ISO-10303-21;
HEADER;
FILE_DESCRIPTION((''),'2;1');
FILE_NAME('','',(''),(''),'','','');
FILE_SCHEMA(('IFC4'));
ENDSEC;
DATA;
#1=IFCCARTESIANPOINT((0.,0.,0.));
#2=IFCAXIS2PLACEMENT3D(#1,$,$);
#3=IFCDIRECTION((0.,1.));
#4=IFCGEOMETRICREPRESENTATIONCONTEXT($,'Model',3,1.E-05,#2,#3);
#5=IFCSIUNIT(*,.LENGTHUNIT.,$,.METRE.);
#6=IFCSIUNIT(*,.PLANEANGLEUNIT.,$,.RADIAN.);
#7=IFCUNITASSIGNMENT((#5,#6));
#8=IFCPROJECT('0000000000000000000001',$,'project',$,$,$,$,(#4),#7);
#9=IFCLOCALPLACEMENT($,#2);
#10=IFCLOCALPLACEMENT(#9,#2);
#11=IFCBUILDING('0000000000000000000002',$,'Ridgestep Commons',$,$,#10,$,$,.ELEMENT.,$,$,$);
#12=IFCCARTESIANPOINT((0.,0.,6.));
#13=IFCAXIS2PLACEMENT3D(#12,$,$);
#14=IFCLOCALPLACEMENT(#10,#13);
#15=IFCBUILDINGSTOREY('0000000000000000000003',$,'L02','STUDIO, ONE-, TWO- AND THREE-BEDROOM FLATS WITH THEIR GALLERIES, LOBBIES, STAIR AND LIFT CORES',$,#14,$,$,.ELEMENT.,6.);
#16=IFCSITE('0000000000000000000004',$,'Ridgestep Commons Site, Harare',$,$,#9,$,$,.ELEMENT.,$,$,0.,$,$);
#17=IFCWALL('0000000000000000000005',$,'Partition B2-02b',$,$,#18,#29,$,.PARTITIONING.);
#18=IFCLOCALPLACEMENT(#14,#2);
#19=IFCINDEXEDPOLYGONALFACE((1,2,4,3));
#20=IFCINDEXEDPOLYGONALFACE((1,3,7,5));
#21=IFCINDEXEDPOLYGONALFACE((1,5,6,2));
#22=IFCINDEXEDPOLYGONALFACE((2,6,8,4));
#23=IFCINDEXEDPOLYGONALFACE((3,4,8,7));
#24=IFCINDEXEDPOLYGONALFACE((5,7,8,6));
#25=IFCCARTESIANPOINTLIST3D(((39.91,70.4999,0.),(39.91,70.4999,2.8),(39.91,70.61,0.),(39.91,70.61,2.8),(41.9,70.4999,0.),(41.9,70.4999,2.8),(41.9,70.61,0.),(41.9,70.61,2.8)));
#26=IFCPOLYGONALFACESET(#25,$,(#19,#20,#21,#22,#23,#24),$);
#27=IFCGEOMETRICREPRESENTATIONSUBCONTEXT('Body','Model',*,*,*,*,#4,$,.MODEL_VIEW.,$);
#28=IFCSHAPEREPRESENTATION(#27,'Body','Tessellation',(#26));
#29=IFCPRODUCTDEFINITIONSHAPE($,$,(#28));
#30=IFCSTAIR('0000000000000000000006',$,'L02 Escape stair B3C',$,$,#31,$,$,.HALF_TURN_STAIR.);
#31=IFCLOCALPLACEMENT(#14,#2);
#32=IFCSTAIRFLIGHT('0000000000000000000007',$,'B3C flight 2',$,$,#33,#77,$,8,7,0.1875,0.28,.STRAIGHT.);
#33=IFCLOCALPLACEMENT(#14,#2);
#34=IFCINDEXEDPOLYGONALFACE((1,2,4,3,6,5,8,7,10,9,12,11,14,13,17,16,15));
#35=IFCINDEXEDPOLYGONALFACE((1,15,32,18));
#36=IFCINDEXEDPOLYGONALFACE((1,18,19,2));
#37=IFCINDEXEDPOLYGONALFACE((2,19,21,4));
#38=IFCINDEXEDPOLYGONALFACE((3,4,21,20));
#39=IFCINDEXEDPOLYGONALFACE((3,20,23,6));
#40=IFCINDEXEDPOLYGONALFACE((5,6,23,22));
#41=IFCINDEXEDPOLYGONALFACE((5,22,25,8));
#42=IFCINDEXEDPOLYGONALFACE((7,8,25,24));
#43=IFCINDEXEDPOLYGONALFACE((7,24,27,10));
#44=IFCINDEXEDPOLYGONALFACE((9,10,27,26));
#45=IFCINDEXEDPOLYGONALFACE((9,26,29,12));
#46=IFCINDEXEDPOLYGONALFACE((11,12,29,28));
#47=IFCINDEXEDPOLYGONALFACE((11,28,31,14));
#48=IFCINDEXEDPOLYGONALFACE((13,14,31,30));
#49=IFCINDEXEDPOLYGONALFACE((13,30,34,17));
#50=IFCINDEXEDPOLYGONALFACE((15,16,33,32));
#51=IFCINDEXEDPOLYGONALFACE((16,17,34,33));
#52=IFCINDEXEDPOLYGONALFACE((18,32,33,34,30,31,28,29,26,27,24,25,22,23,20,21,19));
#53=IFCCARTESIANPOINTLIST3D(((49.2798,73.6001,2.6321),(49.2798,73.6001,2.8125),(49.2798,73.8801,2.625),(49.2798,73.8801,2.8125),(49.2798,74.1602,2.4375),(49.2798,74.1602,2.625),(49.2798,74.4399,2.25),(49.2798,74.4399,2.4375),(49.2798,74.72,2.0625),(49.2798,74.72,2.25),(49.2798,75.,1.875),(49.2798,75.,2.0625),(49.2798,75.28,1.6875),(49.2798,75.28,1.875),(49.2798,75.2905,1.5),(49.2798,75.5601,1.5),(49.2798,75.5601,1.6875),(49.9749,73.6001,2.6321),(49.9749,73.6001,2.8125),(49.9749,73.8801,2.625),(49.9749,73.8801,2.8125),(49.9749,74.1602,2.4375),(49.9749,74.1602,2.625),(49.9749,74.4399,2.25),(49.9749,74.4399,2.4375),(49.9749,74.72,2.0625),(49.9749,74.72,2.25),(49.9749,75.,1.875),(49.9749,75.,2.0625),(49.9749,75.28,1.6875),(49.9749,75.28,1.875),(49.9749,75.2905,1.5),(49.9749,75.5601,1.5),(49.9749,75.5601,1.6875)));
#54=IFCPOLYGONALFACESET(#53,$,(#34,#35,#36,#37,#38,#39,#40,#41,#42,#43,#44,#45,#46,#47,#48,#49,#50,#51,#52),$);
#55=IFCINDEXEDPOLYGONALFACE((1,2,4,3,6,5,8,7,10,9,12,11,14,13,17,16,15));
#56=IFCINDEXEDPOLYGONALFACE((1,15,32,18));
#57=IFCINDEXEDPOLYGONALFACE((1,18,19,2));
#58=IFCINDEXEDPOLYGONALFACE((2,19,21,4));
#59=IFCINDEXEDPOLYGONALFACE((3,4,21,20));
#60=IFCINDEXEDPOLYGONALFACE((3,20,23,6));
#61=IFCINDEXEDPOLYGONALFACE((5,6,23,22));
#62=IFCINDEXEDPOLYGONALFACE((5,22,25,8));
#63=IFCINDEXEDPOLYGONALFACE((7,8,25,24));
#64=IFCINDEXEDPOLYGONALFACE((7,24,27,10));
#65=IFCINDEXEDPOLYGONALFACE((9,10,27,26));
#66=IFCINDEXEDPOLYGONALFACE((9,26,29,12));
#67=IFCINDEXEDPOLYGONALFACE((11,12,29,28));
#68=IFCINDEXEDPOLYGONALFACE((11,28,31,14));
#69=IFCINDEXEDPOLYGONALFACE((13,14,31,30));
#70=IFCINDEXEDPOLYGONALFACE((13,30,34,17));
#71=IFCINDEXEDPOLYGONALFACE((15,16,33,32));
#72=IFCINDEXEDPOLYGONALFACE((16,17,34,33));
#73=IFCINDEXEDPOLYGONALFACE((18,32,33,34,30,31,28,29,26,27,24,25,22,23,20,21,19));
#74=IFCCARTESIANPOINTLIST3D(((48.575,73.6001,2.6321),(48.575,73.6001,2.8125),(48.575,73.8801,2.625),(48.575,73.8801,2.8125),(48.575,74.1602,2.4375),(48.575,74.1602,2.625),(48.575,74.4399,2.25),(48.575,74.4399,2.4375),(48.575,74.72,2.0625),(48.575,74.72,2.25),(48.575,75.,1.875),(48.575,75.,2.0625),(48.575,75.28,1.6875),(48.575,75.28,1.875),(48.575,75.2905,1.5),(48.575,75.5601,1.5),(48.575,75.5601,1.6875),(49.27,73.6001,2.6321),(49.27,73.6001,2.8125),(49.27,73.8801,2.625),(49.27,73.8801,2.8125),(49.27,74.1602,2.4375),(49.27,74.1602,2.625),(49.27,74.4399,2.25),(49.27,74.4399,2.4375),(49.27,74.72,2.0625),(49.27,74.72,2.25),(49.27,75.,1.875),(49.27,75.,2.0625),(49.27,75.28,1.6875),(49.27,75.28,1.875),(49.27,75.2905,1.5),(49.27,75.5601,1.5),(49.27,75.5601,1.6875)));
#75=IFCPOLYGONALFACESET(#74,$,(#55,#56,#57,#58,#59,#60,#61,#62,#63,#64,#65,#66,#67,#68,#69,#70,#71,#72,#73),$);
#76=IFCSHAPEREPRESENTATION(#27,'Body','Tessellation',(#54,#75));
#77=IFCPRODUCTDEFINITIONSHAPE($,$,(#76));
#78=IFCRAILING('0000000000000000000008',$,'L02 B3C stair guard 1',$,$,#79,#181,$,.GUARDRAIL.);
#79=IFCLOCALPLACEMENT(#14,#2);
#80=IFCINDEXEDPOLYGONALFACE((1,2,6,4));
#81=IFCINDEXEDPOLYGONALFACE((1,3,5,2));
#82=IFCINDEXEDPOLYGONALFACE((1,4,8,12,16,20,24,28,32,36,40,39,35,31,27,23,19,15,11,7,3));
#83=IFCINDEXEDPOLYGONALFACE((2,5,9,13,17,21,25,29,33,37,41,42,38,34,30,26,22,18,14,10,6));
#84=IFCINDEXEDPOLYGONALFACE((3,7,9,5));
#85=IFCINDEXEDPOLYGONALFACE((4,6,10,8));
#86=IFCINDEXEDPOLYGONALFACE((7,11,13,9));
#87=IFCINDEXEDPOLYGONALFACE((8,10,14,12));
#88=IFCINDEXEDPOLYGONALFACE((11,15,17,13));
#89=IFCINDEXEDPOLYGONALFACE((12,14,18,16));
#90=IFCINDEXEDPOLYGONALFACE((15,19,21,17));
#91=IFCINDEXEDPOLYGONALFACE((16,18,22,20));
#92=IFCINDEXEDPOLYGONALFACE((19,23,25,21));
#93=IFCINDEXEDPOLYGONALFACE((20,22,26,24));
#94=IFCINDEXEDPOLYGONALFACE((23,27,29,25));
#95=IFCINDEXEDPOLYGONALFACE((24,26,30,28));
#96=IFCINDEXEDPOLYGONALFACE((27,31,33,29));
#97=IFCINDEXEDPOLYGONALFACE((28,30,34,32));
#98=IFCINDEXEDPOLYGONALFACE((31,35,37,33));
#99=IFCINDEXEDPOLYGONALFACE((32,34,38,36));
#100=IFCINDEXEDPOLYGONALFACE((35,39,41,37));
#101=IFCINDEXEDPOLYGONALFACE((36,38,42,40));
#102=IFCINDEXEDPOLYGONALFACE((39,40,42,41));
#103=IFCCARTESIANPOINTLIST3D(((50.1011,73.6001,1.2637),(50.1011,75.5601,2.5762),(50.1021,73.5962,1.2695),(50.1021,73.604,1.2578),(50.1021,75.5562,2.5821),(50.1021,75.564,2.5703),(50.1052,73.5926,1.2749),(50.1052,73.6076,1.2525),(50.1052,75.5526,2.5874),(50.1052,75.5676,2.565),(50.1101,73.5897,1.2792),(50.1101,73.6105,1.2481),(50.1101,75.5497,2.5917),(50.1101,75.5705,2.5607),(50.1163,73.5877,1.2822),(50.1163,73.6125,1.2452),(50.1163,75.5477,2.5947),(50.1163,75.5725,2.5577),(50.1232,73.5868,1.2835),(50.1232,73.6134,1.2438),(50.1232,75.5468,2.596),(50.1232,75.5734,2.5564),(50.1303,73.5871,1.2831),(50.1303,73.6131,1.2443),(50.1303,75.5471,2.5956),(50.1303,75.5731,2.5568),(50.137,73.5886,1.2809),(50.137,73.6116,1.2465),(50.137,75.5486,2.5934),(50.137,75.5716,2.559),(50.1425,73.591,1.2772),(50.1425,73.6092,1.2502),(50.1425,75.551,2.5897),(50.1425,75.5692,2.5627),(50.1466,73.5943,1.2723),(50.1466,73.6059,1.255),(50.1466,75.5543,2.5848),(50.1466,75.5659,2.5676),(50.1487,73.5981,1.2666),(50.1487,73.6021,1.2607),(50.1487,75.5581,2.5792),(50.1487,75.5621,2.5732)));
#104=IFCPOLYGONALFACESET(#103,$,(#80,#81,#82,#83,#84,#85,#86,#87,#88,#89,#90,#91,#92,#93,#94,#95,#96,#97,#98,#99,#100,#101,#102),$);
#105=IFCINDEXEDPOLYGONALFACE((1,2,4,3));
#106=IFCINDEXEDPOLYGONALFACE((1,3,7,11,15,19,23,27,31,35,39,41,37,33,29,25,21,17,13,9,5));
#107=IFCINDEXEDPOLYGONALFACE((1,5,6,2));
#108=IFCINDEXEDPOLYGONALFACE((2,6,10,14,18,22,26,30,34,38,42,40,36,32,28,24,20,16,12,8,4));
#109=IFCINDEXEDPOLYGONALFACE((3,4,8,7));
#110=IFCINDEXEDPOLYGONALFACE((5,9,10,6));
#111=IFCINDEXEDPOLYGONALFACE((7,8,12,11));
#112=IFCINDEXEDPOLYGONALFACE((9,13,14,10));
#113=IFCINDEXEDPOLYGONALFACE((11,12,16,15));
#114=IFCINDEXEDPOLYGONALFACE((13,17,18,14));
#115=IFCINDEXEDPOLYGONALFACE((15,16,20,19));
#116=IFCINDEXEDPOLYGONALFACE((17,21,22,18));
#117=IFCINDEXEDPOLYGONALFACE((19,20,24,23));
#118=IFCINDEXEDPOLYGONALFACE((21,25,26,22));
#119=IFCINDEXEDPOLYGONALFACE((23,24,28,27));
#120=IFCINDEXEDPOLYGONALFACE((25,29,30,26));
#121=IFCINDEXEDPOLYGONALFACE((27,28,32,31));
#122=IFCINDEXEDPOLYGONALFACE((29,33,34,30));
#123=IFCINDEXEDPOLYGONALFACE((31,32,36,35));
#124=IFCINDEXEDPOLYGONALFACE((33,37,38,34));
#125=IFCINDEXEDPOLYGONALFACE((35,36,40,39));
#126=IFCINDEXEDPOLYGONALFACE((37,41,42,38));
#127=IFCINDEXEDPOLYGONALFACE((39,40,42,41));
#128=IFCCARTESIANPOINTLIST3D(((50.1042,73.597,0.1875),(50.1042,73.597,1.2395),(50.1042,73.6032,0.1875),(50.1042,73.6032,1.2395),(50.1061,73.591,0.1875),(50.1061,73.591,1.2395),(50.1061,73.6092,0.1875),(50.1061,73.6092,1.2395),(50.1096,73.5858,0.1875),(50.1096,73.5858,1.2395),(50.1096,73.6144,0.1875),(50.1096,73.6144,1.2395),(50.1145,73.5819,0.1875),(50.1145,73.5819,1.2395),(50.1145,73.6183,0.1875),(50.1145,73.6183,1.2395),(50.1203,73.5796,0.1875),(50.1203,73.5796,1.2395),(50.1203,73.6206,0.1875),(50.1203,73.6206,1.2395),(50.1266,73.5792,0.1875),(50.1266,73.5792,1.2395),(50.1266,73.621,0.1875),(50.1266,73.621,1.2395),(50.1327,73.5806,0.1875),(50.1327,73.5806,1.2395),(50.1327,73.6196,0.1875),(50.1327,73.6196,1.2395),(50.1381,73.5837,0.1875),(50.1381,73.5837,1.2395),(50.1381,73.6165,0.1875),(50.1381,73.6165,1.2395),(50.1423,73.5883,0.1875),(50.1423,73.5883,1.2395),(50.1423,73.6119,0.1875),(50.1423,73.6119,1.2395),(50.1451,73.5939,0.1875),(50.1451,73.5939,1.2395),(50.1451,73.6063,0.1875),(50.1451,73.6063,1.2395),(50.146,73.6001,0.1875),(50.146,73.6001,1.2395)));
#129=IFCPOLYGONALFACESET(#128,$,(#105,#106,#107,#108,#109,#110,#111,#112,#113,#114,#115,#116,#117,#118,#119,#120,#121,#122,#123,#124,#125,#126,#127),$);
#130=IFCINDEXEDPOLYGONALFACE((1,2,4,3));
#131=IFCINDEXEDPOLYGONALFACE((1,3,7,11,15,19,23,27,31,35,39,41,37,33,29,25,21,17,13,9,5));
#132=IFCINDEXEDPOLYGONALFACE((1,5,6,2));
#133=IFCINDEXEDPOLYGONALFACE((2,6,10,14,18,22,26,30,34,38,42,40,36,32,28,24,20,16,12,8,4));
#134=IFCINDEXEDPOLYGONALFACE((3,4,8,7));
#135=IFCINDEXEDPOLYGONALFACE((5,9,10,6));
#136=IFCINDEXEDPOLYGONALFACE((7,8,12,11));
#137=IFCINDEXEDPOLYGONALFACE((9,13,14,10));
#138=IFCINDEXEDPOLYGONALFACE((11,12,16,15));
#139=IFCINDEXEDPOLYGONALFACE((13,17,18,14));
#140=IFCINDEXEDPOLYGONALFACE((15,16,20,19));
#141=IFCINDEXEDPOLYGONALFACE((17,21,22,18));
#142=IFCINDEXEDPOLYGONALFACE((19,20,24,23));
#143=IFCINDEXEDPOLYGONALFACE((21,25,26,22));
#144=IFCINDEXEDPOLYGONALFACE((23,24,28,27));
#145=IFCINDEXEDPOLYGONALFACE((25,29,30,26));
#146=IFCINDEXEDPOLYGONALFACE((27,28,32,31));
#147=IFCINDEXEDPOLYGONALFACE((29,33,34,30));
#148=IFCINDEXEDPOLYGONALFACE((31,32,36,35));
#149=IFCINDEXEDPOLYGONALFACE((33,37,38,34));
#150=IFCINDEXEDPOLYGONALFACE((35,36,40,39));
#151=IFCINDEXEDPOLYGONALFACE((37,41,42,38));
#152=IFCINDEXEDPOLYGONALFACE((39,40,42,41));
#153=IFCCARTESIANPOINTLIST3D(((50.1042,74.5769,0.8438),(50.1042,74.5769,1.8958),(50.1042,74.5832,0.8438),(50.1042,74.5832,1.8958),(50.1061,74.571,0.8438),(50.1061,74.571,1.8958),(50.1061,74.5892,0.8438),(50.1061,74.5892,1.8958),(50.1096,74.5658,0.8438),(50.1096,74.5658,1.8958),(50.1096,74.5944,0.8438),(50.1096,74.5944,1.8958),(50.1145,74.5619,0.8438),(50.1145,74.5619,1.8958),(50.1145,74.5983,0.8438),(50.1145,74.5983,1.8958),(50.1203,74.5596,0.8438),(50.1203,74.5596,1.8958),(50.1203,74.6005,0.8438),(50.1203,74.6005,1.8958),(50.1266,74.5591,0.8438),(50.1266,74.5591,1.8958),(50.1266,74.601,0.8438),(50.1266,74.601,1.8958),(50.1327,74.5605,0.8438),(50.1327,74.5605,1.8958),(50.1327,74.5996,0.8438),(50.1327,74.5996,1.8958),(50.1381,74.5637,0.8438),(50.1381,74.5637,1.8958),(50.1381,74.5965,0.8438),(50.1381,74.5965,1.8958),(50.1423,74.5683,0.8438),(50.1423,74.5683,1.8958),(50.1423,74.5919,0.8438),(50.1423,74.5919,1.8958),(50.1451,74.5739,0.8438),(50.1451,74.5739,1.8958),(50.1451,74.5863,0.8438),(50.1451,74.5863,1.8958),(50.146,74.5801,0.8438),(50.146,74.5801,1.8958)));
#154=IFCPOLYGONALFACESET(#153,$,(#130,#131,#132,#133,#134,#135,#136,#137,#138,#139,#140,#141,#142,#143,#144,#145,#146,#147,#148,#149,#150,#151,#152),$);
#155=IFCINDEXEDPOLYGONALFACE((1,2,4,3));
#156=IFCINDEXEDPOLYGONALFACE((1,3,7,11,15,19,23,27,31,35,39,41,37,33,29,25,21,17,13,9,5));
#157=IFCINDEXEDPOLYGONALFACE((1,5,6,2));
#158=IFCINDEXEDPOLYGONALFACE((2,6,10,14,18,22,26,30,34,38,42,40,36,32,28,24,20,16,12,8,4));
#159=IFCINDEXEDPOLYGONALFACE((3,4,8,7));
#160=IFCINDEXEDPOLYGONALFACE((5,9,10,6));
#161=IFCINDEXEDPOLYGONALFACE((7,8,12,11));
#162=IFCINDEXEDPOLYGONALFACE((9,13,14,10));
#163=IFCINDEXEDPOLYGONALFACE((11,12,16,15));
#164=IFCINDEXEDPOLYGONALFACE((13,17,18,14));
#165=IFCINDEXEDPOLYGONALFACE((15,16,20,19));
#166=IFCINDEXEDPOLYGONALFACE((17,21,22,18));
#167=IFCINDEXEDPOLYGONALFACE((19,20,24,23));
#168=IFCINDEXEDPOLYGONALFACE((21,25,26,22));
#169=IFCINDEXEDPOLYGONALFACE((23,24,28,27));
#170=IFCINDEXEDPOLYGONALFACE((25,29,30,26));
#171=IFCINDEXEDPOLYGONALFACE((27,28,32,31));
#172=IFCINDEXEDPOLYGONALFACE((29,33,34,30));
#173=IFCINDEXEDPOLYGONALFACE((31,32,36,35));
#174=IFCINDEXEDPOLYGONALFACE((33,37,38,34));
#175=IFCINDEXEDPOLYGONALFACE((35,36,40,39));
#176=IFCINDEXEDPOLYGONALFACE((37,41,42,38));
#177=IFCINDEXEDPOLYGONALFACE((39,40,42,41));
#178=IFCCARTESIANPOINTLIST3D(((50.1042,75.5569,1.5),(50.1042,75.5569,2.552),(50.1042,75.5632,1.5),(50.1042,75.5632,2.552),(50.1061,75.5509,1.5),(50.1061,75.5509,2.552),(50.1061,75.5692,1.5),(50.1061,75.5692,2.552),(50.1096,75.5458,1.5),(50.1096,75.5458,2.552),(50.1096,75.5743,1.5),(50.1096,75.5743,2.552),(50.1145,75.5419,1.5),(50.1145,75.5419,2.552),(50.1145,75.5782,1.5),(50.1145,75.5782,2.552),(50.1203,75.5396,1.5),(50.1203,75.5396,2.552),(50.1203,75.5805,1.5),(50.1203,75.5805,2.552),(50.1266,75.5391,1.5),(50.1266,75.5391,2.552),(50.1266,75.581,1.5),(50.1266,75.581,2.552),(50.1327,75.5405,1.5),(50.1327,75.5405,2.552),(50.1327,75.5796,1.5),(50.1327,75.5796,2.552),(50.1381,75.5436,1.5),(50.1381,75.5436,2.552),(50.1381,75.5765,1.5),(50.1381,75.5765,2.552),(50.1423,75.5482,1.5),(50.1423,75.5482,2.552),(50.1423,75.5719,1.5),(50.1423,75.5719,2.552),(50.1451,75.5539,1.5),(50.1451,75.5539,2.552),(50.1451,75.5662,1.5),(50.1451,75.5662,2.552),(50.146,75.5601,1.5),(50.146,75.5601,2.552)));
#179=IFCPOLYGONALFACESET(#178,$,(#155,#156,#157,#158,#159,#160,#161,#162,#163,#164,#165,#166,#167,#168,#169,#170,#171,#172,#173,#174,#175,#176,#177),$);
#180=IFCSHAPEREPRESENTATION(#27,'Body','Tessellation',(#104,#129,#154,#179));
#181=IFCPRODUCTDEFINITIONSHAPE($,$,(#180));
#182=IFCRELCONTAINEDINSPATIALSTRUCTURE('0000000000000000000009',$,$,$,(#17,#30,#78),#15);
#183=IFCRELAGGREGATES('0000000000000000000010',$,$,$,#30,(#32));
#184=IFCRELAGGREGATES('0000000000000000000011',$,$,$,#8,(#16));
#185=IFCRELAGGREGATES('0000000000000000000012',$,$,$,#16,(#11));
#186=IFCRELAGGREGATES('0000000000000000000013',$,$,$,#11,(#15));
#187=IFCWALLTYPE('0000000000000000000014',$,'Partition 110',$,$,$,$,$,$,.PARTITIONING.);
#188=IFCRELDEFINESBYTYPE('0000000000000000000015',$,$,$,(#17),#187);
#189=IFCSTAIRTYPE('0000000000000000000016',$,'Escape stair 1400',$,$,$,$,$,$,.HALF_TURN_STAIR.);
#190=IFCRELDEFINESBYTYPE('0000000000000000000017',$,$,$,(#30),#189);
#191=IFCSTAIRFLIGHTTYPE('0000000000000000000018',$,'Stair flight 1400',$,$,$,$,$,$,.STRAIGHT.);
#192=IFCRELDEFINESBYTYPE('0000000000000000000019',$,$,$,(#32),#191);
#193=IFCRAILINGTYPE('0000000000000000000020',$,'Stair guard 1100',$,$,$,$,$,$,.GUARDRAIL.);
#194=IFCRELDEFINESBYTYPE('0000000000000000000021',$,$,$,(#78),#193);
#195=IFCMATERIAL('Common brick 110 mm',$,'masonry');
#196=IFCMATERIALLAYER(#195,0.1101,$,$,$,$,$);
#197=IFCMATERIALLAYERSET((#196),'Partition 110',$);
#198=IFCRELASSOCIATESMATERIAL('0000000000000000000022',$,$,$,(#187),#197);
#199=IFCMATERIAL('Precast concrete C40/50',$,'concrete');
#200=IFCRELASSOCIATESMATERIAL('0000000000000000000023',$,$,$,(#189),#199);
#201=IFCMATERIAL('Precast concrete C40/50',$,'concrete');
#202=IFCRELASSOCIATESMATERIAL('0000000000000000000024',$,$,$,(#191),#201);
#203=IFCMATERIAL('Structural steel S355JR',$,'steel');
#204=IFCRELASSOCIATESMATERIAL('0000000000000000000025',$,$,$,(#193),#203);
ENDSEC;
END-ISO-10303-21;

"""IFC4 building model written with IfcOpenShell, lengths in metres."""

from ifc_helpers import new_model, si_unit, direction, frame, frame_2d, origin, origin_2d, place, context, subcontext, project, spatial, polyline, rectangle, circle, outline, extrude, material, layer, layer_set, type_object, element, aggregate, save


model = new_model("IFC4")

# Units and contexts
model_context = context("Model", 3, precision=1e-05, world=origin(), true_north=direction((0.0, 1.0)))
body_context = subcontext(model_context, "Body", "Model", "MODEL_VIEW")
ifc_project = project(units=[si_unit("LENGTHUNIT", "METRE"), si_unit("PLANEANGLEUNIT", "RADIAN")], contexts=[model_context])

# Site, building, storey
site_placement = place(None, origin())
site = spatial("IfcSite", under=ifc_project, at=site_placement, Name="Ridgestep Commons Site, Harare", CompositionType="ELEMENT", RefElevation=0.0)
building_placement = place(site_placement, origin())
building = spatial("IfcBuilding", under=site, at=building_placement, Name="Ridgestep Commons", CompositionType="ELEMENT")
storey_placement = place(building_placement, frame((0.0, 0.0, 6.0)))
storey = spatial("IfcBuildingStorey", under=building, at=storey_placement, Name="L02", Description="STUDIO, ONE-, TWO- AND THREE-BEDROOM FLATS WITH THEIR GALLERIES, LOBBIES, STAIR AND LIFT CORES", CompositionType="ELEMENT", Elevation=6.0)

# Shared definitions
ifc_material_1 = material(Name="Common brick 110 mm", Category="masonry")
ifc_layer_1 = layer(ifc_material_1, 0.1101)
ifc_layer_set_1 = layer_set([ifc_layer_1], Name="Partition 110")
wall_type_1 = type_object("IfcWallType", Name="Partition 110", PredefinedType="PARTITIONING", material=ifc_layer_set_1)

# Wall
wall_1_placement = place(storey_placement, frame((39.9099, 70.5549, 0.0), z_axis=(0.0, 0.0, 1.0), x_axis=(1.0, 0.0, 0.0)))
element("IfcWall", 1, at=wall_1_placement, inside=storey, type_object=wall_type_1, Name="Partition B2-02b", PredefinedType="PARTITIONING", context=body_context, shape_type="SweptSolid", body=[
    extrude(rectangle(XDim=1.99, YDim=0.1101, at=frame_2d((0.9951, 0.0))), origin(), (0.0, 0.0, 1.0), 2.8),
])

# Stair, stair flight
ifc_material_2 = material(Name="Precast concrete C40/50", Category="concrete")
stair_type = type_object("IfcStairType", Name="Escape stair 1400", PredefinedType="HALF_TURN_STAIR", material=ifc_material_2)
stair_placement = place(storey_placement, origin())
stair = element("IfcStair", 2, at=stair_placement, inside=storey, type_object=stair_type, Name="L02 Escape stair B3C", PredefinedType="HALF_TURN_STAIR")
ifc_material_3 = material(Name="Precast concrete C40/50", Category="concrete")
stair_flight_type = type_object("IfcStairFlightType", Name="Stair flight 1400", PredefinedType="STRAIGHT", material=ifc_material_3)
stair_flight_placement = place(storey_placement, frame((49.2749, 75.5601, 1.5), z_axis=(0.0, 0.0, 1.0), x_axis=(0.0, -1.0, 0.0)))
stair_flight = element("IfcStairFlight", 3, at=stair_flight_placement, type_object=stair_flight_type, Name="B3C flight 2", NumberOfRisers=8, NumberOfTreads=7, PredefinedType="STRAIGHT", RiserHeight=0.1875, TreadLength=0.28, context=body_context, shape_type="SweptSolid", body=[
    extrude(outline(polyline([(0.0, 0.0), (0.0, 0.1875), (0.28, 0.1875), (0.28, 0.375), (0.5601, 0.375), (0.5601, 0.5625), (0.8401, 0.5625), (0.8401, 0.75), (1.1201, 0.75), (1.1201, 0.9375), (1.3999, 0.9375), (1.3999, 1.125), (1.6799, 1.125), (1.6799, 1.3125), (1.96, 1.3125), (1.96, 1.5), (1.96, 1.1321), (0.2695, 0.0), (0.0, 0.0)])), frame((0.0, 0.7, 0.0), z_axis=(0.0, -1.0, 0.0), x_axis=(1.0, 0.0, 0.0)), (0.0, 0.0, 1.0), 0.6951),
    extrude(outline(polyline([(0.0, 0.0), (0.0, 0.1875), (0.28, 0.1875), (0.28, 0.375), (0.5601, 0.375), (0.5601, 0.5625), (0.8401, 0.5625), (0.8401, 0.75), (1.1201, 0.75), (1.1201, 0.9375), (1.3999, 0.9375), (1.3999, 1.125), (1.6799, 1.125), (1.6799, 1.3125), (1.96, 1.3125), (1.96, 1.5), (1.96, 1.1321), (0.2695, 0.0), (0.0, 0.0)])), frame((0.0, -0.0049, 0.0), z_axis=(0.0, -1.0, 0.0), x_axis=(1.0, 0.0, 0.0)), (0.0, 0.0, 1.0), 0.6951),
])
aggregate(stair, [stair_flight])

# Railing
ifc_material_4 = material(Name="Structural steel S355JR", Category="steel")
railing_type_1 = type_object("IfcRailingType", Name="Stair guard 1100", PredefinedType="GUARDRAIL", material=ifc_material_4)
railing_1_placement = place(storey_placement, frame((50.125, 73.6001, 0.1875)))
element("IfcRailing", 4, at=railing_1_placement, inside=storey, type_object=railing_type_1, Name="L02 B3C stair guard 1", PredefinedType="GUARDRAIL", context=body_context, shape_type="SweptSolid", body=[
    extrude(circle(Radius=0.0239, at=origin_2d()), frame((0.0, 0.0, 1.0762), z_axis=(0.0, 0.830902, 0.556419), x_axis=(-1.0, 0.0, 0.0)), (0.0, 0.0, 1.0), 2.3589),
    extrude(circle(Radius=0.021, at=origin_2d()), origin(), (0.0, 0.0, 1.0), 1.052),
    extrude(circle(Radius=0.021, at=origin_2d()), frame((0.0, 0.98, 0.6562)), (0.0, 0.0, 1.0), 1.052),
    extrude(circle(Radius=0.021, at=origin_2d()), frame((0.0, 1.96, 1.3125)), (0.0, 0.0, 1.0), 1.052),
])

save(model, "model.ifc")
